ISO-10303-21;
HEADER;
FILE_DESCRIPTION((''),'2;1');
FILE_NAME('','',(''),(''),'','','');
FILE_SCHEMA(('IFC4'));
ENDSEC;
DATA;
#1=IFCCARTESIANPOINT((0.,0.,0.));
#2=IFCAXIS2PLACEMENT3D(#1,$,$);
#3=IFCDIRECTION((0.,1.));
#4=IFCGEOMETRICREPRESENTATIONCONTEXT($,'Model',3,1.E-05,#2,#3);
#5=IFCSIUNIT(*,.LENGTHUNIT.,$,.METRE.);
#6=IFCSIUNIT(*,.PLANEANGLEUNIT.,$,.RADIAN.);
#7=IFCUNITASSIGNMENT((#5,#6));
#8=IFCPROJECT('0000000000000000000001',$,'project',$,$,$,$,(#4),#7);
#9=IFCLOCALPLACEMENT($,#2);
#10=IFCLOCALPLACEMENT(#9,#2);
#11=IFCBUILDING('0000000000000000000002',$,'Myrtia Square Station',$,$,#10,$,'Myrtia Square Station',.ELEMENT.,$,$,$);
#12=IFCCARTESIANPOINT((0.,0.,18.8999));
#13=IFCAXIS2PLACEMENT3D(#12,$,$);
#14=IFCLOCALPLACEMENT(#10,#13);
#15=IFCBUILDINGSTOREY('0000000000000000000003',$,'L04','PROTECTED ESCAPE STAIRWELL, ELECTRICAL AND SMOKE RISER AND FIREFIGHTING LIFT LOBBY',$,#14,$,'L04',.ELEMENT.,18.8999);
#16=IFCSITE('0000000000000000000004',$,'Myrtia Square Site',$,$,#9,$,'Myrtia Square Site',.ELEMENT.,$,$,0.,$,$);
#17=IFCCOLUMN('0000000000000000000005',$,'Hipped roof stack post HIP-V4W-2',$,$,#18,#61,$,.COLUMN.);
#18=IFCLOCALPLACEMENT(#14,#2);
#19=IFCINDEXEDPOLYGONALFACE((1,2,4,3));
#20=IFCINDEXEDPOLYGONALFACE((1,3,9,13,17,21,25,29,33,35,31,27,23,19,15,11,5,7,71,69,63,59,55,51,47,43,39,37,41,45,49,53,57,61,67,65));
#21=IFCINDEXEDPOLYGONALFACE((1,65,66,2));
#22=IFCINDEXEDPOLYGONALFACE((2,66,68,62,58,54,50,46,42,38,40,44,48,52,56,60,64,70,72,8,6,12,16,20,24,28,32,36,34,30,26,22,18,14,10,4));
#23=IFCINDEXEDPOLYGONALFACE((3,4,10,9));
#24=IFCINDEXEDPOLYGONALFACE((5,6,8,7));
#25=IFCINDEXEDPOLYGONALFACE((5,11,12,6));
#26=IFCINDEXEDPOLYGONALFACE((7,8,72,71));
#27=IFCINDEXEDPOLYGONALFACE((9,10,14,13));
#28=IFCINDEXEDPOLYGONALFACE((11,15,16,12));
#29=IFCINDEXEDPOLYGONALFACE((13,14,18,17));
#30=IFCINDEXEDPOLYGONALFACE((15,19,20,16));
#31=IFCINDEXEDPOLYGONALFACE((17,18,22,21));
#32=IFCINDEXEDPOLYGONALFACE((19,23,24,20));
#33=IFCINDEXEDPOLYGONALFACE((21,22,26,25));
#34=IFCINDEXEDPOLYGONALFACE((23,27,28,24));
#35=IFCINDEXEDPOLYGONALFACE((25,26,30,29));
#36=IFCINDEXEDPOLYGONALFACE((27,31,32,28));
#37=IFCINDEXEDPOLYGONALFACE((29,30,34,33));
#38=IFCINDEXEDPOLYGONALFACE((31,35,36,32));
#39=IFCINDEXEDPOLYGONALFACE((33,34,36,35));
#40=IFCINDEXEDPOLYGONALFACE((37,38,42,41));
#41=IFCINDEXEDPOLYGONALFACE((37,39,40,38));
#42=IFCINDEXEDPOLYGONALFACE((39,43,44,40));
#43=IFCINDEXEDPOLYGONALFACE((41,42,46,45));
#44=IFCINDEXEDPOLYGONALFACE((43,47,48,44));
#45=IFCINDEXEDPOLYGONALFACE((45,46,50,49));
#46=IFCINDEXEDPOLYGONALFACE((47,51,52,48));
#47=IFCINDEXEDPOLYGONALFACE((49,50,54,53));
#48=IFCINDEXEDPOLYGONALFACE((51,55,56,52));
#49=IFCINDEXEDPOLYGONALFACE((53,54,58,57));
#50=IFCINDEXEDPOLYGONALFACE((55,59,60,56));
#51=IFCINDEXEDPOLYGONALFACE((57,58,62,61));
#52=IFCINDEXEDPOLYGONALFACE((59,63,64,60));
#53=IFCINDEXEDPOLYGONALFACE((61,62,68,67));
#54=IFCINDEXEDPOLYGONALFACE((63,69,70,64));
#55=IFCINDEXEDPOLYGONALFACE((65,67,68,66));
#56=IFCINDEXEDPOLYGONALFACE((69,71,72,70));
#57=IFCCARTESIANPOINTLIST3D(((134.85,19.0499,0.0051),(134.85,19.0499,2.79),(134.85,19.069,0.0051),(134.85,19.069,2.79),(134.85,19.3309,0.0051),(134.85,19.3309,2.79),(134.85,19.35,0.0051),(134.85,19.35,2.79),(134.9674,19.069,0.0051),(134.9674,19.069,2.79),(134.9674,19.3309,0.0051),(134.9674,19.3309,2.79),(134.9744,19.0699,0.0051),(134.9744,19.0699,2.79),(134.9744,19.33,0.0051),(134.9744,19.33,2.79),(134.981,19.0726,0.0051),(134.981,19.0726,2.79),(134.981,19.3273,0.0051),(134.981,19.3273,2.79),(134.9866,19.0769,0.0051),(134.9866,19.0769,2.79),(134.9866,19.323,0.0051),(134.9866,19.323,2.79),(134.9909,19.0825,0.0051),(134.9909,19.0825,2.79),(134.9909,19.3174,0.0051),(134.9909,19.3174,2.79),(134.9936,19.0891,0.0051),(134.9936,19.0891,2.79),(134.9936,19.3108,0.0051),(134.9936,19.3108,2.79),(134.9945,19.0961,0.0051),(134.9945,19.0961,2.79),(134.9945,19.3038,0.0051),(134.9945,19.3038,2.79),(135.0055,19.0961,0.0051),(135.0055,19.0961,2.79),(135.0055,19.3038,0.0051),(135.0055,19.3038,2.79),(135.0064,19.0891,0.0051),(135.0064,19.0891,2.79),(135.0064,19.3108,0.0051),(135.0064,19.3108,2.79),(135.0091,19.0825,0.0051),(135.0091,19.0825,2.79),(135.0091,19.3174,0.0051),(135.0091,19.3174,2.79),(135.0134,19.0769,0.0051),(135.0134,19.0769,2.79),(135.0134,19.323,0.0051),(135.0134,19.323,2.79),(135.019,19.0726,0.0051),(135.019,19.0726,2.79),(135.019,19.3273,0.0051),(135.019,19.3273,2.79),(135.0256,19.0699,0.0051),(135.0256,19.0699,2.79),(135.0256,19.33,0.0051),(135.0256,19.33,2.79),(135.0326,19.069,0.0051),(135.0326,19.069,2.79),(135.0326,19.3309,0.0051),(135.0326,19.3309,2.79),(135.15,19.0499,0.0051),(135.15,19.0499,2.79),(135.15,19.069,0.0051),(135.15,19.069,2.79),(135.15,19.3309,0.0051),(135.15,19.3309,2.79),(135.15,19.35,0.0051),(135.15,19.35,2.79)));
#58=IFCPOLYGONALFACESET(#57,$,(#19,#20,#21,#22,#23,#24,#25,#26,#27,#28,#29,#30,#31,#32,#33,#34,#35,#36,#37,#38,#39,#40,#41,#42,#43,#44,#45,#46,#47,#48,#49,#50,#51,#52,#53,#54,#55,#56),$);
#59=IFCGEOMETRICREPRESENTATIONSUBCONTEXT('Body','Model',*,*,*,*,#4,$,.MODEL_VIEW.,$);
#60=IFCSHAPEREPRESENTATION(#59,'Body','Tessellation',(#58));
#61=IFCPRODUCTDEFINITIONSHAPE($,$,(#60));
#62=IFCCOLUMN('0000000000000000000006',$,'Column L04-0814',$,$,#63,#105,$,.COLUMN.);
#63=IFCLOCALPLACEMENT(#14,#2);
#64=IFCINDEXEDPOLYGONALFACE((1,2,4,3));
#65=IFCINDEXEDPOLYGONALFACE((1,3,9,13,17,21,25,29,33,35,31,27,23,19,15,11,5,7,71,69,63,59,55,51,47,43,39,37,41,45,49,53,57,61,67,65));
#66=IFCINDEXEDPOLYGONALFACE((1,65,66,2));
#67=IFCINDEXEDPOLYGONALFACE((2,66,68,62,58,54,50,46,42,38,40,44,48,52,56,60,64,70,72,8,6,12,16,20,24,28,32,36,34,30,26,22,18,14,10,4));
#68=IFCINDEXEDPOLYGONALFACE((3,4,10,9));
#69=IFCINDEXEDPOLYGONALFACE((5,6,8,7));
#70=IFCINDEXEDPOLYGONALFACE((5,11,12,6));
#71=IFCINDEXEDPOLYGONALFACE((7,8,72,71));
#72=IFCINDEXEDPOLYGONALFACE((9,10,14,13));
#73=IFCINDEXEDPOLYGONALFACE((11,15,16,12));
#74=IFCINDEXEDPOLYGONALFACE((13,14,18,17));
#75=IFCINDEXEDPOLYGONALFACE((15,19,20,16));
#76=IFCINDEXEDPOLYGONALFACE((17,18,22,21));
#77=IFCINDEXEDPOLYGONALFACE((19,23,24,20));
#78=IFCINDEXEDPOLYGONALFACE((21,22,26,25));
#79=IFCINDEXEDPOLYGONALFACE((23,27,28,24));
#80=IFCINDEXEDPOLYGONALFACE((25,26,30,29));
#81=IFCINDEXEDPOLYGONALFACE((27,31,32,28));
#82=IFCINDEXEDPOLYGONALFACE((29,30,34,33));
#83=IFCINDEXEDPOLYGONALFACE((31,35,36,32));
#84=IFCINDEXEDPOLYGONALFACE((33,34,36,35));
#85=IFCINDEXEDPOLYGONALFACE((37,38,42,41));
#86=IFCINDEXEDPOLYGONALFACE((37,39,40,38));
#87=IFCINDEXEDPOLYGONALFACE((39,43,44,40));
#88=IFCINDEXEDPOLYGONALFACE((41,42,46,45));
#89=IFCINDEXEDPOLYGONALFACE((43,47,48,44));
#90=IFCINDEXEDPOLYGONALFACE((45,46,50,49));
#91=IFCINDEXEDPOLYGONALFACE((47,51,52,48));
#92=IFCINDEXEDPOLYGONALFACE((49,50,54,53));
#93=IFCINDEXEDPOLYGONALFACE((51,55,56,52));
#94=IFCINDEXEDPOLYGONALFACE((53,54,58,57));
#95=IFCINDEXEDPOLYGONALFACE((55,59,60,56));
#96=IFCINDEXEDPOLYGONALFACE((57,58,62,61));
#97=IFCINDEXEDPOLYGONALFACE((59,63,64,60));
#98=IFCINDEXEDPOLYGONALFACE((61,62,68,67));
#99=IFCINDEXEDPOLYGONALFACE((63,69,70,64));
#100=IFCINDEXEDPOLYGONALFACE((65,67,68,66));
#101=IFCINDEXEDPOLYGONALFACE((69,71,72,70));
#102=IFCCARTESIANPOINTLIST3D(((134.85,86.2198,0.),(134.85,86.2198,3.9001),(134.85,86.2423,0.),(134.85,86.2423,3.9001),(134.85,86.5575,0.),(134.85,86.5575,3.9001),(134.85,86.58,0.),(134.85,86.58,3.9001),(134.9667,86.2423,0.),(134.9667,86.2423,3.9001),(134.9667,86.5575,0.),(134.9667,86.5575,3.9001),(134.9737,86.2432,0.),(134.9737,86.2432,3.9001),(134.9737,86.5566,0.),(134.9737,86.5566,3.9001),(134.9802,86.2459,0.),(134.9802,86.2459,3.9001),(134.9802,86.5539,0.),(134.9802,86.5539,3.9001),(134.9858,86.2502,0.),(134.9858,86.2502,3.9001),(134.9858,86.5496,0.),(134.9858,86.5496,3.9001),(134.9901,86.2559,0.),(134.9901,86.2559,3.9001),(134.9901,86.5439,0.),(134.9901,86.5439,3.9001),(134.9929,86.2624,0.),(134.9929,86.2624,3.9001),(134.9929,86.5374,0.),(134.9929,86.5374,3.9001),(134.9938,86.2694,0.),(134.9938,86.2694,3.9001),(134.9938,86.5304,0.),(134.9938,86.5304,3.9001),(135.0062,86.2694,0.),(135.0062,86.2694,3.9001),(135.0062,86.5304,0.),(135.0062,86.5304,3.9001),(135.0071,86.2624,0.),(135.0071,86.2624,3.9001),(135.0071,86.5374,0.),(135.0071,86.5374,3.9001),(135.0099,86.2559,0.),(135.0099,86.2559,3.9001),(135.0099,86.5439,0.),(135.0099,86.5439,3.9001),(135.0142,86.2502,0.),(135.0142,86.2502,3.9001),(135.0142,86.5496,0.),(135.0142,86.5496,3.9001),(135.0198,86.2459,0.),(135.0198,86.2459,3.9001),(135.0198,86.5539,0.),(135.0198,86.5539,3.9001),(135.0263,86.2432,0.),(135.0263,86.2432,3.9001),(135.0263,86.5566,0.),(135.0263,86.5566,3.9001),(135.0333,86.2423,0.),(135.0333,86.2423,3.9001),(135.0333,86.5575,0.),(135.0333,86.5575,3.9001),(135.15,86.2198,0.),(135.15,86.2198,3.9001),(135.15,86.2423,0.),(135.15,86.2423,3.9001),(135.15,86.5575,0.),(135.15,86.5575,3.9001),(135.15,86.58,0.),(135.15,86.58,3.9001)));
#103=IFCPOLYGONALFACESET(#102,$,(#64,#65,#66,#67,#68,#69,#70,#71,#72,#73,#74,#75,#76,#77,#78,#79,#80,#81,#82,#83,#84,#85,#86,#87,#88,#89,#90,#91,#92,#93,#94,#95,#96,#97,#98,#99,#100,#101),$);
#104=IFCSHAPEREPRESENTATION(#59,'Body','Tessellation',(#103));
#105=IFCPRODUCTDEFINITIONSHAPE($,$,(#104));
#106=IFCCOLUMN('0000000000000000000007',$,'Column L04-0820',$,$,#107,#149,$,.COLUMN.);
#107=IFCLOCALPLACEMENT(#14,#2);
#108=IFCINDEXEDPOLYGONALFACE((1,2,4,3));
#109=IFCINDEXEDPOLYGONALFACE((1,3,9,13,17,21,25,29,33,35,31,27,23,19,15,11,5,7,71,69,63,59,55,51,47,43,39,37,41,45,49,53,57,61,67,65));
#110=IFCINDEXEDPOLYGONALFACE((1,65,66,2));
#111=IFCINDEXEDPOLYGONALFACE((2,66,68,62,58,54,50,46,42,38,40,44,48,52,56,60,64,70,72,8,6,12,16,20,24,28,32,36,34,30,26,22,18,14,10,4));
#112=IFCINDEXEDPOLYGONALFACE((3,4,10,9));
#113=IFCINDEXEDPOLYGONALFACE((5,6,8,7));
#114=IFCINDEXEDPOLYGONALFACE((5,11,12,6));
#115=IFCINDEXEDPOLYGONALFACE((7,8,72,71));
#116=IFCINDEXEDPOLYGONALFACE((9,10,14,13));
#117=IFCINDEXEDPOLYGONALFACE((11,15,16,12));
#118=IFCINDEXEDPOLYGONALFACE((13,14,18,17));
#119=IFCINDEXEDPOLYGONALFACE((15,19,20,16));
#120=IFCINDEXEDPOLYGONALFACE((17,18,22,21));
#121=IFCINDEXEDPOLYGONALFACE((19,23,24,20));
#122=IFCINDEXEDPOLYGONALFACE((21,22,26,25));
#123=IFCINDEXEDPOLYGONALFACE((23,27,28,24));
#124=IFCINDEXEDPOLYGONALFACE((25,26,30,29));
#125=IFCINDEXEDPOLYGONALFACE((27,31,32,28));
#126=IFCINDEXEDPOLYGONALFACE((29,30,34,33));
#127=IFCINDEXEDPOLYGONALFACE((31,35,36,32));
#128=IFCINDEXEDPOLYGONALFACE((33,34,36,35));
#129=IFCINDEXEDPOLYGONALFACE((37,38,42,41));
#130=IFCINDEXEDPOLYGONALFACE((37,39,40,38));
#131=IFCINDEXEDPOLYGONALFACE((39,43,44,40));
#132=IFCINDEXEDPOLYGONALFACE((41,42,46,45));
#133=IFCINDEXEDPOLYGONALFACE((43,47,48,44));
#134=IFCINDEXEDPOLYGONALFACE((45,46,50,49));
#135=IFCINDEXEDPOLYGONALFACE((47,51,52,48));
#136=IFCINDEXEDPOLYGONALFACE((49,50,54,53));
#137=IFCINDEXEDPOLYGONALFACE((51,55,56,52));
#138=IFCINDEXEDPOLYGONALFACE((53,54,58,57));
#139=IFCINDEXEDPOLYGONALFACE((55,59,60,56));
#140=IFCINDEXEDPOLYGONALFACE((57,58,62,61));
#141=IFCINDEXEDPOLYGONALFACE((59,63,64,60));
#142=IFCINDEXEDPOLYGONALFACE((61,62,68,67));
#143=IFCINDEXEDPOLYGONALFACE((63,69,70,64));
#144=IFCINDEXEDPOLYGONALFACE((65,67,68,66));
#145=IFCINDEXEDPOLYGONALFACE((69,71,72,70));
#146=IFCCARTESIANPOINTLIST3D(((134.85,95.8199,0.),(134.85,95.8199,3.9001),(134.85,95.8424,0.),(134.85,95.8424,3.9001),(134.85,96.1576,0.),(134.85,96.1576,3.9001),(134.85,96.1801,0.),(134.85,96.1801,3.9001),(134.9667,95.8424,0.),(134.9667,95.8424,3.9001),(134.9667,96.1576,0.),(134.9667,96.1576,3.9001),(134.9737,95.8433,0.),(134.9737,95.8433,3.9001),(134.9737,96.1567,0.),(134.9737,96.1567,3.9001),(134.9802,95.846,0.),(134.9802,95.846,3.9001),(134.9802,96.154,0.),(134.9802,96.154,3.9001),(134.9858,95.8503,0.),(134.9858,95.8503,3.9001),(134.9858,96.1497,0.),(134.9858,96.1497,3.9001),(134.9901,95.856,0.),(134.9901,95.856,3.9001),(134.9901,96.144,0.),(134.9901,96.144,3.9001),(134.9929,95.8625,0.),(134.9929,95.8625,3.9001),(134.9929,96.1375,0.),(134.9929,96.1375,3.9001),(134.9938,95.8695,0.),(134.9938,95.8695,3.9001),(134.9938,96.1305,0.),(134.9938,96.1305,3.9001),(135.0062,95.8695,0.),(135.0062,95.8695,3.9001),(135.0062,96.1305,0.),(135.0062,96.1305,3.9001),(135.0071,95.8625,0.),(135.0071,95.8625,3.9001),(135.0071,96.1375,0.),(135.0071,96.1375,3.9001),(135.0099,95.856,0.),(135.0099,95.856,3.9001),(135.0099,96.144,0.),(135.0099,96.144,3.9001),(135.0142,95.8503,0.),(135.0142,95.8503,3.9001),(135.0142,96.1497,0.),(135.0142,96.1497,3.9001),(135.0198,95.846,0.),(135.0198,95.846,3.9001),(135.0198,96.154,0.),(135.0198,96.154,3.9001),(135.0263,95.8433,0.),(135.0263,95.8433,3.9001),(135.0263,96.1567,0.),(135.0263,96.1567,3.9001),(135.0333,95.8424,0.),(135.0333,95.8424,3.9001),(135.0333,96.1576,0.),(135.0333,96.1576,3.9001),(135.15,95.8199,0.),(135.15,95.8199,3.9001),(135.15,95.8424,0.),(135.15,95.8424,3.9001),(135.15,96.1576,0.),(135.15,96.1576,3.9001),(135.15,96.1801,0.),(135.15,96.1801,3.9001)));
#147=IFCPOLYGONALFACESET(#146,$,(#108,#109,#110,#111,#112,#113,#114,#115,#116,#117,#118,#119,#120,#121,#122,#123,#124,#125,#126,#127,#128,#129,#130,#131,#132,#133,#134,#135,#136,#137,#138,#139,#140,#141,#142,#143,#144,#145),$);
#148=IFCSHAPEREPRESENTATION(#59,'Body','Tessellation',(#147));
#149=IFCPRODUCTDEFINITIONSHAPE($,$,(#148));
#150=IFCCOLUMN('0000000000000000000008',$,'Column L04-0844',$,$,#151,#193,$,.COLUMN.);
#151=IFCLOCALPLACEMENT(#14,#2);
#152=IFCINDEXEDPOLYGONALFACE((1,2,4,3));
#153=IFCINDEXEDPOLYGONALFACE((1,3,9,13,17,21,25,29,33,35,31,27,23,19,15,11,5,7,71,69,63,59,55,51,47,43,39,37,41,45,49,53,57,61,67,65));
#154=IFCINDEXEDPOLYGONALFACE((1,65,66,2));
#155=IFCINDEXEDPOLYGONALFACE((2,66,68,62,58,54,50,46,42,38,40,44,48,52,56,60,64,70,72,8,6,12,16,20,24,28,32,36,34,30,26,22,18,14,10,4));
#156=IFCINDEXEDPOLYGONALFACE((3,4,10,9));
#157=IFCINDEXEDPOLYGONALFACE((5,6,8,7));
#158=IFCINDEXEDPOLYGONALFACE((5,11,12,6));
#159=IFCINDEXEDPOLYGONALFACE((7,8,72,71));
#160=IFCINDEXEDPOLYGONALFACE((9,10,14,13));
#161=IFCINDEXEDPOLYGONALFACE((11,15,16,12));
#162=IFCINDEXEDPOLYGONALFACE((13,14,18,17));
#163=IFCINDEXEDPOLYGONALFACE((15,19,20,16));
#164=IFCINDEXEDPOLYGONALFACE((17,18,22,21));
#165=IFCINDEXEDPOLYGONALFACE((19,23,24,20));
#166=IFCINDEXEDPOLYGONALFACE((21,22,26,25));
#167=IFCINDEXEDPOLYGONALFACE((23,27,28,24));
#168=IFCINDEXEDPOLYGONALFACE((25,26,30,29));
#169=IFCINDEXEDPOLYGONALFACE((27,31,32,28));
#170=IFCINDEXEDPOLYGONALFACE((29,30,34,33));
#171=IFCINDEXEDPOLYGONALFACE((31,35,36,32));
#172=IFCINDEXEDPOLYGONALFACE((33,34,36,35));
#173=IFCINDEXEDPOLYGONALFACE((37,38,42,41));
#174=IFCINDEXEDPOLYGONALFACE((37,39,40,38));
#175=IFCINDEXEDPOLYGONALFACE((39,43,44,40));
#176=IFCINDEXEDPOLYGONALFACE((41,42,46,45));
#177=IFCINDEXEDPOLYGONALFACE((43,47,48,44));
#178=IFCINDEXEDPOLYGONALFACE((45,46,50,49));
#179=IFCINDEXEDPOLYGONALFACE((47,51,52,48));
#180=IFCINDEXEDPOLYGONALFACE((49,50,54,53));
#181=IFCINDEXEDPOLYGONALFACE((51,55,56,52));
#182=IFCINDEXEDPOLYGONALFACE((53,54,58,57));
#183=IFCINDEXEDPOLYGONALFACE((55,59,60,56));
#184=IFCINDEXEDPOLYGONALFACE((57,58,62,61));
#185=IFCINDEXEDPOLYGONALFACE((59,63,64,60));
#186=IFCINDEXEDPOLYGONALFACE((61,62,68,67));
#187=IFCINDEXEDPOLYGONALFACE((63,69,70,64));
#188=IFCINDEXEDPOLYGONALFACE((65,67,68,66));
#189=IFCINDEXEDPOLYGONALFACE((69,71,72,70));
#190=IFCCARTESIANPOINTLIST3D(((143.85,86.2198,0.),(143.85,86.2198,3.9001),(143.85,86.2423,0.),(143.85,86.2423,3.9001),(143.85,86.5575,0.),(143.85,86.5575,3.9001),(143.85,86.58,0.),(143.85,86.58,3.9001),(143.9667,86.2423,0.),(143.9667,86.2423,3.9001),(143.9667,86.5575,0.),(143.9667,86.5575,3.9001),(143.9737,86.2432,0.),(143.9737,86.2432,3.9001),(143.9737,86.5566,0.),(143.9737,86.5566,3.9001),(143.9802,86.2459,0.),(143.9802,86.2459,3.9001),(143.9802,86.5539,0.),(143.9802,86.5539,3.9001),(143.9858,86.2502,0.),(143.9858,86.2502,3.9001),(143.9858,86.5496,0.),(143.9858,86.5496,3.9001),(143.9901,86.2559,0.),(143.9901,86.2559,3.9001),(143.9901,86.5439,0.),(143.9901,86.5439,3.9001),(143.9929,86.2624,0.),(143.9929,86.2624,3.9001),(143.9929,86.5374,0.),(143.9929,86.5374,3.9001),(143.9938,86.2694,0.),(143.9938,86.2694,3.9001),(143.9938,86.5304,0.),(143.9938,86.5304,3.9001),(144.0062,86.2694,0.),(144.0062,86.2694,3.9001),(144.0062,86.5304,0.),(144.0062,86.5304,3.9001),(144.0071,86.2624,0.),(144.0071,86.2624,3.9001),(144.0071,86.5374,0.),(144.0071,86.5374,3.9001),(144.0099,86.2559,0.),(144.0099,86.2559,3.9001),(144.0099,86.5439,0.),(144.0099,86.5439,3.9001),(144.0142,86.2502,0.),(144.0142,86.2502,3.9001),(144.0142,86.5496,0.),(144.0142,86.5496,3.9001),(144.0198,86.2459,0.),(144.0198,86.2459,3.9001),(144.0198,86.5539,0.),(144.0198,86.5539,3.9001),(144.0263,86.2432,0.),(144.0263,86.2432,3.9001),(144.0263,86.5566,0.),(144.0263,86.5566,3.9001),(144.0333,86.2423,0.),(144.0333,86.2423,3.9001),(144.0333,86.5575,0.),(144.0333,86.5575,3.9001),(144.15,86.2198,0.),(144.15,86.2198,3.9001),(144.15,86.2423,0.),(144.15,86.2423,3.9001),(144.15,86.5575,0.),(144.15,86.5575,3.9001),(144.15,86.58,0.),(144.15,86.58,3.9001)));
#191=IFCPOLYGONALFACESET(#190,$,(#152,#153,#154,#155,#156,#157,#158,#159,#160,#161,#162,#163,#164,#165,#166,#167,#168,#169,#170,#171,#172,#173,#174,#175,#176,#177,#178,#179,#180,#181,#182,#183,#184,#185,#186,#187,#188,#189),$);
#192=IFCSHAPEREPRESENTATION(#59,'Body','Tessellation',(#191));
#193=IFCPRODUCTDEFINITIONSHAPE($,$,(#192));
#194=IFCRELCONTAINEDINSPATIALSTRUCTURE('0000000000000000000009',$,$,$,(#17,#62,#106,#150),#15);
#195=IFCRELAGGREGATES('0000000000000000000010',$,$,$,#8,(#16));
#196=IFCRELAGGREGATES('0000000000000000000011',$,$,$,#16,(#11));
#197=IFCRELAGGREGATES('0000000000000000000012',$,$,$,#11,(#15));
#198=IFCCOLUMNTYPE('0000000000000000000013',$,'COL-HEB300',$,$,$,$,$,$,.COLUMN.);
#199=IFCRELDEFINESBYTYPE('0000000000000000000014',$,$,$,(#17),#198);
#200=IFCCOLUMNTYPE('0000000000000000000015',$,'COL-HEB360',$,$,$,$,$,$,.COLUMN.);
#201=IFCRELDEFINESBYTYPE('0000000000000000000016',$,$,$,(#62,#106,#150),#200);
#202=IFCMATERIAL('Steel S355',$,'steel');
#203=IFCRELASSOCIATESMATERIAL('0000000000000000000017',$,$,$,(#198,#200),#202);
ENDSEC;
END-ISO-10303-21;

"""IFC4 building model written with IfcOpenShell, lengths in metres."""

from ifc_helpers import new_model, si_unit, direction, frame, origin, origin_2d, place, context, subcontext, project, spatial, i_section, extrude, material, material_profile, profile_set, type_object, element, save


model = new_model("IFC4")

# Units and contexts
model_context = context("Model", 3, precision=1e-05, world=origin(), true_north=direction((0.0, 1.0)))
body_context = subcontext(model_context, "Body", "Model", "MODEL_VIEW")
ifc_project = project(units=[si_unit("LENGTHUNIT", "METRE"), si_unit("PLANEANGLEUNIT", "RADIAN")], contexts=[model_context])

# Site, building, storey
site_placement = place(None, origin())
site = spatial("IfcSite", under=ifc_project, at=site_placement, Name="Myrtia Square Site", LongName="Myrtia Square Site", CompositionType="ELEMENT", RefElevation=0.0)
building_placement = place(site_placement, origin())
building = spatial("IfcBuilding", under=site, at=building_placement, Name="Myrtia Square Station", LongName="Myrtia Square Station", CompositionType="ELEMENT")
storey_placement = place(building_placement, frame((0.0, 0.0, 18.8999)))
storey = spatial("IfcBuildingStorey", under=building, at=storey_placement, Name="L04", Description="PROTECTED ESCAPE STAIRWELL, ELECTRICAL AND SMOKE RISER AND FIREFIGHTING LIFT LOBBY", LongName="L04", CompositionType="ELEMENT", Elevation=18.8999)

# Columns
ifc_material_1 = material(Name="Steel S355", Category="steel")
ifc_material_profile_1 = material_profile(ifc_material_1, i_section(OverallWidth=0.3, OverallDepth=0.3, WebThickness=0.011, FlangeThickness=0.019, FilletRadius=0.0271, at=origin_2d()), Name="HEB 300")
ifc_profile_set_1 = profile_set([ifc_material_profile_1], Name="Steel S355")
column_type_1 = type_object("IfcColumnType", Name="COL-HEB300", PredefinedType="COLUMN", material=ifc_profile_set_1)
column_placement = place(storey_placement, frame((135.0, 19.2, 0.0051), z_axis=(0.0, 0.0, 1.0), x_axis=(1.0, 0.0, 0.0)))
element("IfcColumn", 1, at=column_placement, inside=storey, type_object=column_type_1, Name="Hipped roof stack post HIP-V4W-2", PredefinedType="COLUMN", context=body_context, shape_type="SweptSolid", body=[
    extrude(i_section(OverallWidth=0.3, OverallDepth=0.3, WebThickness=0.011, FlangeThickness=0.019, FilletRadius=0.0271, at=origin_2d()), origin(), (0.0, 0.0, 1.0), 2.7849),
])
ifc_material_profile_2 = material_profile(ifc_material_1, i_section(OverallWidth=0.3, OverallDepth=0.3601, WebThickness=0.0125, FlangeThickness=0.0225, FilletRadius=0.0271, at=origin_2d()), Name="HEB 360")
ifc_profile_set_2 = profile_set([ifc_material_profile_2], Name="Steel S355")
column_type_2 = type_object("IfcColumnType", Name="COL-HEB360", PredefinedType="COLUMN", material=ifc_profile_set_2)
for number, where, z_axis, x_axis, name in (
    (2, (135.0, 86.3999, 0.0), (0.0, 0.0, 1.0), (1.0, 0.0, 0.0), "Column L04-0814"),
    (3, (135.0, 96.0, 0.0), (0.0, 0.0, 1.0), (1.0, 0.0, 0.0), "Column L04-0820"),
    (4, (144.0, 86.3999, 0.0), (0.0, 0.0, 1.0), (1.0, 0.0, 0.0), "Column L04-0844"),
):
    element("IfcColumn", number, at=place(storey_placement, frame(where, z_axis=z_axis, x_axis=x_axis)), inside=storey, type_object=column_type_2, Name=name, PredefinedType="COLUMN", context=body_context, shape_type="SweptSolid", body=[
        extrude(i_section(OverallWidth=0.3, OverallDepth=0.3601, WebThickness=0.0125, FlangeThickness=0.0225, FilletRadius=0.0271, at=origin_2d()), origin(), (0.0, 0.0, 1.0), 3.9001),
    ])

save(model, "model.ifc")
